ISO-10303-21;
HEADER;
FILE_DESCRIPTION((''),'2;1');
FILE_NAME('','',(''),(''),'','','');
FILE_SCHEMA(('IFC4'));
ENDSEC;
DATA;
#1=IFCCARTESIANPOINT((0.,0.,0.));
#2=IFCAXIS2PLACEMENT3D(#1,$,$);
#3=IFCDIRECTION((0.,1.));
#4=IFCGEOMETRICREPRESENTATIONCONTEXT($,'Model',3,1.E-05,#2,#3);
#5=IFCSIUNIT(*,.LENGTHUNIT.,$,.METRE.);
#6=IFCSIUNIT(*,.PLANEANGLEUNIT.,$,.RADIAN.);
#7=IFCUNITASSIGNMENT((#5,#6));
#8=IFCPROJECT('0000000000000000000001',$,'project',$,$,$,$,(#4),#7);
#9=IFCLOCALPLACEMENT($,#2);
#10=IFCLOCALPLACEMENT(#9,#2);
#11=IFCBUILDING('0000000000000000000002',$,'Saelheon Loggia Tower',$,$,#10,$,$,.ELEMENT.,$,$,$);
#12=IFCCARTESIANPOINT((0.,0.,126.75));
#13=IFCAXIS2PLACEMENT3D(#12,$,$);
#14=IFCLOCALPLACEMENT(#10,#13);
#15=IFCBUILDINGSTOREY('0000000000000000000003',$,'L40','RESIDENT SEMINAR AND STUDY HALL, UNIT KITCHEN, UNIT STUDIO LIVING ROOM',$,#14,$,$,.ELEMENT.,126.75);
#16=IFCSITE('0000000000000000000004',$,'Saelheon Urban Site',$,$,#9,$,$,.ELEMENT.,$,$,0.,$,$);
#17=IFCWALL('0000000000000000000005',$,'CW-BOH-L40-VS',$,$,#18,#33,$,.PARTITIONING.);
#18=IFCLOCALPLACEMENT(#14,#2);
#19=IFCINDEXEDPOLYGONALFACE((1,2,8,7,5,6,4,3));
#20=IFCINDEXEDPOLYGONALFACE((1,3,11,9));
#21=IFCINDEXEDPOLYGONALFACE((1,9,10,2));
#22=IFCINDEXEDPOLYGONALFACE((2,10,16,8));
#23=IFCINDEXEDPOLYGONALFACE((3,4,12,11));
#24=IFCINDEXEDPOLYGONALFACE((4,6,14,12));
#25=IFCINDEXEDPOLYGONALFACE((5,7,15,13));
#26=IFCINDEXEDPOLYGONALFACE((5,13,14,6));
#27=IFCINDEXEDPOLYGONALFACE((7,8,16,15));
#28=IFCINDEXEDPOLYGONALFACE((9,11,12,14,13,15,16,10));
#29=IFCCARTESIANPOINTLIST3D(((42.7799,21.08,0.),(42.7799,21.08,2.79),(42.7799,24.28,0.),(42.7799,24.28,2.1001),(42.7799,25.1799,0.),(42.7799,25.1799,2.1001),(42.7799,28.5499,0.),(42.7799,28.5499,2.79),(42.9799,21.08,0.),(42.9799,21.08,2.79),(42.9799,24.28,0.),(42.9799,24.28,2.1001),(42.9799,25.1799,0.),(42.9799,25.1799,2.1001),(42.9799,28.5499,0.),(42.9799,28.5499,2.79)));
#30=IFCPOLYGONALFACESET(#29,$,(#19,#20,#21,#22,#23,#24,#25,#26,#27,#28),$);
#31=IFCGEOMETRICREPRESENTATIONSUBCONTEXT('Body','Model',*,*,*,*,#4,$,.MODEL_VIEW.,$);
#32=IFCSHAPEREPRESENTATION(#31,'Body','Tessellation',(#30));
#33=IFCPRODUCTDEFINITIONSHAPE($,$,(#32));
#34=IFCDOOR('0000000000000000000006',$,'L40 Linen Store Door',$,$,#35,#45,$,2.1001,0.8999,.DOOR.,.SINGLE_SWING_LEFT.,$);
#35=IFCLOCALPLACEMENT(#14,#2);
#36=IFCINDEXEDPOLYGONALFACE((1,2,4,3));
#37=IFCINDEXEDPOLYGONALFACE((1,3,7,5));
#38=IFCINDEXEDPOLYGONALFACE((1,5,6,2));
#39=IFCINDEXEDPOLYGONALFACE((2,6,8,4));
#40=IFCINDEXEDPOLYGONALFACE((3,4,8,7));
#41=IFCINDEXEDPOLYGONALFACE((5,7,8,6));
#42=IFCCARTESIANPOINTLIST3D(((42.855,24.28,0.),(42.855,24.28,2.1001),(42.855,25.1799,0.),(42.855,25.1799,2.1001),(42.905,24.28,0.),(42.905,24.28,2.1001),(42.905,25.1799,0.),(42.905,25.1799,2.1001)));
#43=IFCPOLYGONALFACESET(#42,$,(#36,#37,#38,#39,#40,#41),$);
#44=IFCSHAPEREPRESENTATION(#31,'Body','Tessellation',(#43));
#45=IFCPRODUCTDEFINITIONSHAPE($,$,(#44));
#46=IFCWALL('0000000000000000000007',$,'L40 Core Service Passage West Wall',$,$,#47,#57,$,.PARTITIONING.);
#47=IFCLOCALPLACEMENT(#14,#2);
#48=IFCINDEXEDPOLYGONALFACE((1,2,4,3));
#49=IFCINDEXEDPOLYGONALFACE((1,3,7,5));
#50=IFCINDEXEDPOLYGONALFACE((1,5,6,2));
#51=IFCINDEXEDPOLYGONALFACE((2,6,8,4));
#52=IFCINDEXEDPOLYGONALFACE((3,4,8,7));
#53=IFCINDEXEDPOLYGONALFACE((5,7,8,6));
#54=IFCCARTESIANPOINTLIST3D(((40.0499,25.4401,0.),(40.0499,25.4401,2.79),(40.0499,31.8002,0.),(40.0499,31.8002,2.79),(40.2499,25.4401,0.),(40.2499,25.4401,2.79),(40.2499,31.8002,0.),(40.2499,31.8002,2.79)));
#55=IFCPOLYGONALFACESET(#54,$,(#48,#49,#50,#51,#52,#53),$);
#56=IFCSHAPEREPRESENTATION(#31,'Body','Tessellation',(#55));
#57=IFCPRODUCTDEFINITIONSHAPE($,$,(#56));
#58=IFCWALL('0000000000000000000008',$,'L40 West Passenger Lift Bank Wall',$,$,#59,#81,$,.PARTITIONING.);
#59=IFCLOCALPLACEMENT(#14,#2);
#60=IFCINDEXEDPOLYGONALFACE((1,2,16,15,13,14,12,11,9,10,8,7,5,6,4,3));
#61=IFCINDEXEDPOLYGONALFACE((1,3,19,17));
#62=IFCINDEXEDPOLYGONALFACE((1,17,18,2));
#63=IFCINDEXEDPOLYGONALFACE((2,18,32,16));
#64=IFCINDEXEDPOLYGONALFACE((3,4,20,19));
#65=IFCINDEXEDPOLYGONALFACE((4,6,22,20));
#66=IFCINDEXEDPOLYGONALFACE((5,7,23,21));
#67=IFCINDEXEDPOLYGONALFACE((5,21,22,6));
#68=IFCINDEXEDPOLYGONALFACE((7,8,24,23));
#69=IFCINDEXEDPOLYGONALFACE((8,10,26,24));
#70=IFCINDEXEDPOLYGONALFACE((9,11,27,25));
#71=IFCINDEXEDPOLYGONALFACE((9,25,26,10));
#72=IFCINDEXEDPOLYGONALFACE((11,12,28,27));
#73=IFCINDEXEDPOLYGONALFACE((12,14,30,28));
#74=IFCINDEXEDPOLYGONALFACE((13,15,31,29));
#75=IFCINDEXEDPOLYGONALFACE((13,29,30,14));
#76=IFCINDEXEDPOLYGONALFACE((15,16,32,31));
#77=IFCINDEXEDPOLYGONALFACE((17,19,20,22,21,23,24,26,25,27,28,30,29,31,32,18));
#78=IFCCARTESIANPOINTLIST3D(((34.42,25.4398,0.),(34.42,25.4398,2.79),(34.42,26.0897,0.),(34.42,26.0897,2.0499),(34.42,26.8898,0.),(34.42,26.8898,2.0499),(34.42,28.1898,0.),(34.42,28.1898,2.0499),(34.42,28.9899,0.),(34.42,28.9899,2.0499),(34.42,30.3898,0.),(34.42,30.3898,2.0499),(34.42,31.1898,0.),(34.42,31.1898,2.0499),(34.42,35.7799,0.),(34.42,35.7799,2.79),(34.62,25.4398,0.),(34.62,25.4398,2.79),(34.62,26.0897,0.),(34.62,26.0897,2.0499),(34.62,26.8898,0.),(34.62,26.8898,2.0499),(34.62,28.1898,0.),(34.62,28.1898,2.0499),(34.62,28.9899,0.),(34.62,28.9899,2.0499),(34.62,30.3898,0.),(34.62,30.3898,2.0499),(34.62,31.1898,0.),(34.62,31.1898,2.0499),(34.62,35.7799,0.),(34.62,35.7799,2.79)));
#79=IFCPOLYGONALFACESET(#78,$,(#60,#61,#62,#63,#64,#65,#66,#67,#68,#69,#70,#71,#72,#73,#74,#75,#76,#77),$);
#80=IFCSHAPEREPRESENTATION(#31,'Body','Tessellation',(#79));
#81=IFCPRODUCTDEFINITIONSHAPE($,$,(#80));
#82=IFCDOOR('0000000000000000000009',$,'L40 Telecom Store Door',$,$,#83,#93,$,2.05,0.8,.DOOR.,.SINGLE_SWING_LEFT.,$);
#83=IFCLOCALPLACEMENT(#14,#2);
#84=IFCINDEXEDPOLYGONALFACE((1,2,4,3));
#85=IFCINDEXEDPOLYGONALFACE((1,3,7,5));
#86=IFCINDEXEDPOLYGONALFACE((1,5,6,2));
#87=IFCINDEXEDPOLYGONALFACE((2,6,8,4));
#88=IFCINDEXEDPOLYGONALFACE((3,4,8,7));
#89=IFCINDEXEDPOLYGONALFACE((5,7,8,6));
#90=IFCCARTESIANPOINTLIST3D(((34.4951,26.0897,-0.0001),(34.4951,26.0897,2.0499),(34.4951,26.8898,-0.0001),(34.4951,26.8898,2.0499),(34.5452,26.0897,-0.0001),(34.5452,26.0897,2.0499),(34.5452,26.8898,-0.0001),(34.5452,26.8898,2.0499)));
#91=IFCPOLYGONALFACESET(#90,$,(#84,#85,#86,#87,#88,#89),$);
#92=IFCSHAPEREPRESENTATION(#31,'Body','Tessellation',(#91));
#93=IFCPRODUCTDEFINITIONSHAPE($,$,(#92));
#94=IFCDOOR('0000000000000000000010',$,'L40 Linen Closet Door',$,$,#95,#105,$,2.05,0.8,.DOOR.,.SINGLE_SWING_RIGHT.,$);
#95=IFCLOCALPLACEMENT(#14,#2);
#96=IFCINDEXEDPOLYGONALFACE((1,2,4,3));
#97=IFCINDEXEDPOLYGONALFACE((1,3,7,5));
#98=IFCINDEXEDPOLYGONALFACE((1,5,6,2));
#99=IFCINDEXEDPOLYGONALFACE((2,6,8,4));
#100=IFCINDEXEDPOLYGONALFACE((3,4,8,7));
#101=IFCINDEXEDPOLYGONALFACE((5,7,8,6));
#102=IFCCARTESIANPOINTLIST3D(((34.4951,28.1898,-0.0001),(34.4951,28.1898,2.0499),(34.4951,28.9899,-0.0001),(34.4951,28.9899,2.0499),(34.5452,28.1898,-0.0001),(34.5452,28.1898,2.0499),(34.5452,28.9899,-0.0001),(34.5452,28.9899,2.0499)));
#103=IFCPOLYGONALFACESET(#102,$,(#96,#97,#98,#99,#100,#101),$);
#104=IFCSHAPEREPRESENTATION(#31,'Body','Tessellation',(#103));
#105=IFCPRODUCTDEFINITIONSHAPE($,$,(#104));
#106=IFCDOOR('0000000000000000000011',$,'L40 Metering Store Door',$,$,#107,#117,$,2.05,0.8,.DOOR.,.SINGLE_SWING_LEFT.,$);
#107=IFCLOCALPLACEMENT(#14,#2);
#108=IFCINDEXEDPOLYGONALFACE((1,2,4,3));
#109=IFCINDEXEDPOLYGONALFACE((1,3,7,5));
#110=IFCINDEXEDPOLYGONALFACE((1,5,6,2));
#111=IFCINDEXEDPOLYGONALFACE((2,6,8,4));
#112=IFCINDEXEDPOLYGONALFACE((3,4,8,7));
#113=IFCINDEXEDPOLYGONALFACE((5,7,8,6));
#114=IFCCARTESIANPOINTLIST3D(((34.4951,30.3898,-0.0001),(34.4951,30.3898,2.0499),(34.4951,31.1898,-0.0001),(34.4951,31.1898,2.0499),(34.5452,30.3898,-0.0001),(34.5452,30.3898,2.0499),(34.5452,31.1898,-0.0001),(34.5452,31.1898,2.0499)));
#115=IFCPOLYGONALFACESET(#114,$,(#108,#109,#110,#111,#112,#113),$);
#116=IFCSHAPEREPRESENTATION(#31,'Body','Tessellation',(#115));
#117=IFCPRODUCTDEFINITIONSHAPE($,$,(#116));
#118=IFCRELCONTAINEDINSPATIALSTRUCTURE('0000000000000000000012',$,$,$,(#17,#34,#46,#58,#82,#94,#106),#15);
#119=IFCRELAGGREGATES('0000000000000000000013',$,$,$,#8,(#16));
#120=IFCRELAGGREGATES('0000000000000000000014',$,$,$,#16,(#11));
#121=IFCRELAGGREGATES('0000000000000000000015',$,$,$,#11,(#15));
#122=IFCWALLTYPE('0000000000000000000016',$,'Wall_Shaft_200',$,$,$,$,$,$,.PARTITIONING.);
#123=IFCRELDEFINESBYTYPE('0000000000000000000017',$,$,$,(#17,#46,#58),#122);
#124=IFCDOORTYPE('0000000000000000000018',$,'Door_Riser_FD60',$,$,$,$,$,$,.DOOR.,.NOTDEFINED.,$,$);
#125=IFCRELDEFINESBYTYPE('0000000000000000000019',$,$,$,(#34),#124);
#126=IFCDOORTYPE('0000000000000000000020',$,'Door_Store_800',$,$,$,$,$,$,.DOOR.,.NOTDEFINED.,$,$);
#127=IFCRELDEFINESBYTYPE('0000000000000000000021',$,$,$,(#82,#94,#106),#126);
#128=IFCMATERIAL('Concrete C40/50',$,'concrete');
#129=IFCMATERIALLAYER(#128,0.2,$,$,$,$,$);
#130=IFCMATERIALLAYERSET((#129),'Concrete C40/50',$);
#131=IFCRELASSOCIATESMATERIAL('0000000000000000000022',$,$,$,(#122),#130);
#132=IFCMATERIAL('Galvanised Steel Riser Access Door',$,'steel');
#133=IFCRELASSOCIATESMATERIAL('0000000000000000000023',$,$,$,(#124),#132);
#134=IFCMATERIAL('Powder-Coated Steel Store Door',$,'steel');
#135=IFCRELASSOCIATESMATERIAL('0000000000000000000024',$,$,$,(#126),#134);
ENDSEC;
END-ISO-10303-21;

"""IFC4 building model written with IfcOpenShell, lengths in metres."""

from ifc_helpers import new_model, si_unit, direction, frame, frame_2d, origin, place, context, subcontext, project, spatial, rectangle, extrude, source, transform, mapped, material, layer, layer_set, type_object, element, fill, save


model = new_model("IFC4")

# Units and contexts
model_context = context("Model", 3, precision=1e-05, world=origin(), true_north=direction((0.0, 1.0)))
body_context = subcontext(model_context, "Body", "Model", "MODEL_VIEW")
ifc_project = project(units=[si_unit("LENGTHUNIT", "METRE"), si_unit("PLANEANGLEUNIT", "RADIAN")], contexts=[model_context])

# Site, building, storey
site_placement = place(None, origin())
site = spatial("IfcSite", under=ifc_project, at=site_placement, Name="Saelheon Urban Site", CompositionType="ELEMENT", RefElevation=0.0)
building_placement = place(site_placement, origin())
building = spatial("IfcBuilding", under=site, at=building_placement, Name="Saelheon Loggia Tower", CompositionType="ELEMENT")
storey_placement = place(building_placement, frame((0.0, 0.0, 126.75)))
storey = spatial("IfcBuildingStorey", under=building, at=storey_placement, Name="L40", Description="RESIDENT SEMINAR AND STUDY HALL, UNIT KITCHEN, UNIT STUDIO LIVING ROOM", CompositionType="ELEMENT", Elevation=126.75)

# Wall, opening, door
ifc_material_1 = material(Name="Concrete C40/50", Category="concrete")
ifc_layer = layer(ifc_material_1, 0.2)
ifc_layer_set = layer_set([ifc_layer], Name="Concrete C40/50")
wall_type = type_object("IfcWallType", Name="Wall_Shaft_200", PredefinedType="PARTITIONING", material=ifc_layer_set)
wall_1_placement = place(storey_placement, frame((42.8799, 21.0801, 0.0), z_axis=(0.0, 0.0, 1.0), x_axis=(0.0, 1.0, 0.0)))
wall_1 = element("IfcWall", 1, at=wall_1_placement, inside=storey, type_object=wall_type, Name="CW-BOH-L40-VS", PredefinedType="PARTITIONING", context=body_context, shape_type="SweptSolid", body=[
    extrude(rectangle(XDim=7.47, YDim=0.2, at=frame_2d((3.7349, 0.0))), origin(), (0.0, 0.0, 1.0), 2.79),
])
opening_1_placement = place(wall_1_placement, frame((3.2, 0.0, 0.0)))
opening_1 = element("IfcOpeningElement", 2, at=opening_1_placement, cuts=wall_1, PredefinedType="OPENING", context=body_context, shape_type="SweptSolid", body=[
    extrude(rectangle(XDim=0.8999, YDim=2.1001, at=frame_2d((0.45, 1.05))), frame((0.0, 0.1121, 0.0), z_axis=(0.0, -1.0, 0.0), x_axis=(1.0, 0.0, 0.0)), (0.0, 0.0, 1.0), 0.2239),
])
ifc_material_2 = material(Name="Galvanised Steel Riser Access Door", Category="steel")
door_type_1 = type_object("IfcDoorType", Name="Door_Riser_FD60", OperationType="NOTDEFINED", PredefinedType="DOOR", material=ifc_material_2)
shared_shape_1 = source(origin(), body_context, "Body", "SweptSolid", [
    extrude(rectangle(XDim=0.8999, YDim=2.1001, at=frame_2d((0.45, 1.05))), frame((0.0, 0.0249, 0.0), z_axis=(0.0, -1.0, 0.0), x_axis=(1.0, 0.0, 0.0)), (0.0, 0.0, 1.0), 0.05),
])
door_1_placement = place(opening_1_placement, origin())
door_1 = element("IfcDoor", 3, at=door_1_placement, inside=storey, type_object=door_type_1, Name="L40 Linen Store Door", OperationType="SINGLE_SWING_LEFT", OverallHeight=2.1001, OverallWidth=0.8999, PredefinedType="DOOR", context=body_context, shape_type="MappedRepresentation", body=[
    mapped(shared_shape_1, transform((0.0, 0.0, 0.0), scale=1.0)),
])
fill(opening_1, door_1)

# Wall
wall_2_placement = place(storey_placement, frame((40.1499, 25.4399, 0.0), z_axis=(0.0, 0.0, 1.0), x_axis=(0.0, 1.0, 0.0)))
element("IfcWall", 4, at=wall_2_placement, inside=storey, type_object=wall_type, Name="L40 Core Service Passage West Wall", PredefinedType="PARTITIONING", context=body_context, shape_type="SweptSolid", body=[
    extrude(rectangle(XDim=6.3601, YDim=0.2, at=frame_2d((3.1802, 0.0))), origin(), (0.0, 0.0, 1.0), 2.79),
])

# Wall, openings, doors
wall_3_placement = place(storey_placement, frame((34.52, 25.4399, 0.0), z_axis=(0.0, 0.0, 1.0), x_axis=(0.0, 1.0, 0.0)))
wall_3 = element("IfcWall", 5, at=wall_3_placement, inside=storey, type_object=wall_type, Name="L40 West Passenger Lift Bank Wall", PredefinedType="PARTITIONING", context=body_context, shape_type="SweptSolid", body=[
    extrude(rectangle(XDim=10.3401, YDim=0.2, at=frame_2d((5.1699, 0.0))), origin(), (0.0, 0.0, 1.0), 2.79),
])
opening_2_placement = place(wall_3_placement, frame((0.6499, 0.0, 0.0)))
opening_2 = element("IfcOpeningElement", 6, at=opening_2_placement, cuts=wall_3, PredefinedType="OPENING", context=body_context, shape_type="SweptSolid", body=[
    extrude(rectangle(XDim=0.8, YDim=2.05, at=frame_2d((0.3999, 1.0249))), frame((0.0, 0.1121, 0.0), z_axis=(0.0, -1.0, 0.0), x_axis=(1.0, 0.0, 0.0)), (0.0, 0.0, 1.0), 0.2239),
])
opening_3_placement = place(wall_3_placement, frame((2.75, 0.0, 0.0)))
opening_3 = element("IfcOpeningElement", 7, at=opening_3_placement, cuts=wall_3, PredefinedType="OPENING", context=body_context, shape_type="SweptSolid", body=[
    extrude(rectangle(XDim=0.8, YDim=2.05, at=frame_2d((0.3999, 1.0249))), frame((0.0, 0.1121, 0.0), z_axis=(0.0, -1.0, 0.0), x_axis=(1.0, 0.0, 0.0)), (0.0, 0.0, 1.0), 0.2239),
])
opening_4_placement = place(wall_3_placement, frame((4.95, 0.0, 0.0)))
opening_4 = element("IfcOpeningElement", 8, at=opening_4_placement, cuts=wall_3, PredefinedType="OPENING", context=body_context, shape_type="SweptSolid", body=[
    extrude(rectangle(XDim=0.8, YDim=2.05, at=frame_2d((0.3999, 1.0249))), frame((0.0, 0.1121, 0.0), z_axis=(0.0, -1.0, 0.0), x_axis=(1.0, 0.0, 0.0)), (0.0, 0.0, 1.0), 0.2239),
])
ifc_material_3 = material(Name="Powder-Coated Steel Store Door", Category="steel")
door_type_2 = type_object("IfcDoorType", Name="Door_Store_800", OperationType="NOTDEFINED", PredefinedType="DOOR", material=ifc_material_3)
shared_shape_2 = source(origin(), body_context, "Body", "SweptSolid", [
    extrude(rectangle(XDim=0.8, YDim=2.05, at=frame_2d((0.3999, 1.0249))), frame((0.0, 0.0249, 0.0), z_axis=(0.0, -1.0, 0.0), x_axis=(1.0, 0.0, 0.0)), (0.0, 0.0, 1.0), 0.05),
])
door_2_placement = place(opening_2_placement, origin())
door_2 = element("IfcDoor", 9, at=door_2_placement, inside=storey, type_object=door_type_2, Name="L40 Telecom Store Door", OperationType="SINGLE_SWING_LEFT", OverallHeight=2.05, OverallWidth=0.8, PredefinedType="DOOR", context=body_context, shape_type="MappedRepresentation", body=[
    mapped(shared_shape_2, transform((0.0, 0.0, 0.0), scale=1.0)),
])
fill(opening_2, door_2)
door_3_placement = place(opening_3_placement, origin())
door_3 = element("IfcDoor", 10, at=door_3_placement, inside=storey, type_object=door_type_2, Name="L40 Linen Closet Door", OperationType="SINGLE_SWING_RIGHT", OverallHeight=2.05, OverallWidth=0.8, PredefinedType="DOOR", context=body_context, shape_type="MappedRepresentation", body=[
    mapped(shared_shape_2, transform((0.0, 0.0, 0.0), scale=1.0)),
])
fill(opening_3, door_3)
door_4_placement = place(opening_4_placement, origin())
door_4 = element("IfcDoor", 11, at=door_4_placement, inside=storey, type_object=door_type_2, Name="L40 Metering Store Door", OperationType="SINGLE_SWING_LEFT", OverallHeight=2.05, OverallWidth=0.8, PredefinedType="DOOR", context=body_context, shape_type="MappedRepresentation", body=[
    mapped(shared_shape_2, transform((0.0, 0.0, 0.0), scale=1.0)),
])
fill(opening_4, door_4)

save(model, "model.ifc")
